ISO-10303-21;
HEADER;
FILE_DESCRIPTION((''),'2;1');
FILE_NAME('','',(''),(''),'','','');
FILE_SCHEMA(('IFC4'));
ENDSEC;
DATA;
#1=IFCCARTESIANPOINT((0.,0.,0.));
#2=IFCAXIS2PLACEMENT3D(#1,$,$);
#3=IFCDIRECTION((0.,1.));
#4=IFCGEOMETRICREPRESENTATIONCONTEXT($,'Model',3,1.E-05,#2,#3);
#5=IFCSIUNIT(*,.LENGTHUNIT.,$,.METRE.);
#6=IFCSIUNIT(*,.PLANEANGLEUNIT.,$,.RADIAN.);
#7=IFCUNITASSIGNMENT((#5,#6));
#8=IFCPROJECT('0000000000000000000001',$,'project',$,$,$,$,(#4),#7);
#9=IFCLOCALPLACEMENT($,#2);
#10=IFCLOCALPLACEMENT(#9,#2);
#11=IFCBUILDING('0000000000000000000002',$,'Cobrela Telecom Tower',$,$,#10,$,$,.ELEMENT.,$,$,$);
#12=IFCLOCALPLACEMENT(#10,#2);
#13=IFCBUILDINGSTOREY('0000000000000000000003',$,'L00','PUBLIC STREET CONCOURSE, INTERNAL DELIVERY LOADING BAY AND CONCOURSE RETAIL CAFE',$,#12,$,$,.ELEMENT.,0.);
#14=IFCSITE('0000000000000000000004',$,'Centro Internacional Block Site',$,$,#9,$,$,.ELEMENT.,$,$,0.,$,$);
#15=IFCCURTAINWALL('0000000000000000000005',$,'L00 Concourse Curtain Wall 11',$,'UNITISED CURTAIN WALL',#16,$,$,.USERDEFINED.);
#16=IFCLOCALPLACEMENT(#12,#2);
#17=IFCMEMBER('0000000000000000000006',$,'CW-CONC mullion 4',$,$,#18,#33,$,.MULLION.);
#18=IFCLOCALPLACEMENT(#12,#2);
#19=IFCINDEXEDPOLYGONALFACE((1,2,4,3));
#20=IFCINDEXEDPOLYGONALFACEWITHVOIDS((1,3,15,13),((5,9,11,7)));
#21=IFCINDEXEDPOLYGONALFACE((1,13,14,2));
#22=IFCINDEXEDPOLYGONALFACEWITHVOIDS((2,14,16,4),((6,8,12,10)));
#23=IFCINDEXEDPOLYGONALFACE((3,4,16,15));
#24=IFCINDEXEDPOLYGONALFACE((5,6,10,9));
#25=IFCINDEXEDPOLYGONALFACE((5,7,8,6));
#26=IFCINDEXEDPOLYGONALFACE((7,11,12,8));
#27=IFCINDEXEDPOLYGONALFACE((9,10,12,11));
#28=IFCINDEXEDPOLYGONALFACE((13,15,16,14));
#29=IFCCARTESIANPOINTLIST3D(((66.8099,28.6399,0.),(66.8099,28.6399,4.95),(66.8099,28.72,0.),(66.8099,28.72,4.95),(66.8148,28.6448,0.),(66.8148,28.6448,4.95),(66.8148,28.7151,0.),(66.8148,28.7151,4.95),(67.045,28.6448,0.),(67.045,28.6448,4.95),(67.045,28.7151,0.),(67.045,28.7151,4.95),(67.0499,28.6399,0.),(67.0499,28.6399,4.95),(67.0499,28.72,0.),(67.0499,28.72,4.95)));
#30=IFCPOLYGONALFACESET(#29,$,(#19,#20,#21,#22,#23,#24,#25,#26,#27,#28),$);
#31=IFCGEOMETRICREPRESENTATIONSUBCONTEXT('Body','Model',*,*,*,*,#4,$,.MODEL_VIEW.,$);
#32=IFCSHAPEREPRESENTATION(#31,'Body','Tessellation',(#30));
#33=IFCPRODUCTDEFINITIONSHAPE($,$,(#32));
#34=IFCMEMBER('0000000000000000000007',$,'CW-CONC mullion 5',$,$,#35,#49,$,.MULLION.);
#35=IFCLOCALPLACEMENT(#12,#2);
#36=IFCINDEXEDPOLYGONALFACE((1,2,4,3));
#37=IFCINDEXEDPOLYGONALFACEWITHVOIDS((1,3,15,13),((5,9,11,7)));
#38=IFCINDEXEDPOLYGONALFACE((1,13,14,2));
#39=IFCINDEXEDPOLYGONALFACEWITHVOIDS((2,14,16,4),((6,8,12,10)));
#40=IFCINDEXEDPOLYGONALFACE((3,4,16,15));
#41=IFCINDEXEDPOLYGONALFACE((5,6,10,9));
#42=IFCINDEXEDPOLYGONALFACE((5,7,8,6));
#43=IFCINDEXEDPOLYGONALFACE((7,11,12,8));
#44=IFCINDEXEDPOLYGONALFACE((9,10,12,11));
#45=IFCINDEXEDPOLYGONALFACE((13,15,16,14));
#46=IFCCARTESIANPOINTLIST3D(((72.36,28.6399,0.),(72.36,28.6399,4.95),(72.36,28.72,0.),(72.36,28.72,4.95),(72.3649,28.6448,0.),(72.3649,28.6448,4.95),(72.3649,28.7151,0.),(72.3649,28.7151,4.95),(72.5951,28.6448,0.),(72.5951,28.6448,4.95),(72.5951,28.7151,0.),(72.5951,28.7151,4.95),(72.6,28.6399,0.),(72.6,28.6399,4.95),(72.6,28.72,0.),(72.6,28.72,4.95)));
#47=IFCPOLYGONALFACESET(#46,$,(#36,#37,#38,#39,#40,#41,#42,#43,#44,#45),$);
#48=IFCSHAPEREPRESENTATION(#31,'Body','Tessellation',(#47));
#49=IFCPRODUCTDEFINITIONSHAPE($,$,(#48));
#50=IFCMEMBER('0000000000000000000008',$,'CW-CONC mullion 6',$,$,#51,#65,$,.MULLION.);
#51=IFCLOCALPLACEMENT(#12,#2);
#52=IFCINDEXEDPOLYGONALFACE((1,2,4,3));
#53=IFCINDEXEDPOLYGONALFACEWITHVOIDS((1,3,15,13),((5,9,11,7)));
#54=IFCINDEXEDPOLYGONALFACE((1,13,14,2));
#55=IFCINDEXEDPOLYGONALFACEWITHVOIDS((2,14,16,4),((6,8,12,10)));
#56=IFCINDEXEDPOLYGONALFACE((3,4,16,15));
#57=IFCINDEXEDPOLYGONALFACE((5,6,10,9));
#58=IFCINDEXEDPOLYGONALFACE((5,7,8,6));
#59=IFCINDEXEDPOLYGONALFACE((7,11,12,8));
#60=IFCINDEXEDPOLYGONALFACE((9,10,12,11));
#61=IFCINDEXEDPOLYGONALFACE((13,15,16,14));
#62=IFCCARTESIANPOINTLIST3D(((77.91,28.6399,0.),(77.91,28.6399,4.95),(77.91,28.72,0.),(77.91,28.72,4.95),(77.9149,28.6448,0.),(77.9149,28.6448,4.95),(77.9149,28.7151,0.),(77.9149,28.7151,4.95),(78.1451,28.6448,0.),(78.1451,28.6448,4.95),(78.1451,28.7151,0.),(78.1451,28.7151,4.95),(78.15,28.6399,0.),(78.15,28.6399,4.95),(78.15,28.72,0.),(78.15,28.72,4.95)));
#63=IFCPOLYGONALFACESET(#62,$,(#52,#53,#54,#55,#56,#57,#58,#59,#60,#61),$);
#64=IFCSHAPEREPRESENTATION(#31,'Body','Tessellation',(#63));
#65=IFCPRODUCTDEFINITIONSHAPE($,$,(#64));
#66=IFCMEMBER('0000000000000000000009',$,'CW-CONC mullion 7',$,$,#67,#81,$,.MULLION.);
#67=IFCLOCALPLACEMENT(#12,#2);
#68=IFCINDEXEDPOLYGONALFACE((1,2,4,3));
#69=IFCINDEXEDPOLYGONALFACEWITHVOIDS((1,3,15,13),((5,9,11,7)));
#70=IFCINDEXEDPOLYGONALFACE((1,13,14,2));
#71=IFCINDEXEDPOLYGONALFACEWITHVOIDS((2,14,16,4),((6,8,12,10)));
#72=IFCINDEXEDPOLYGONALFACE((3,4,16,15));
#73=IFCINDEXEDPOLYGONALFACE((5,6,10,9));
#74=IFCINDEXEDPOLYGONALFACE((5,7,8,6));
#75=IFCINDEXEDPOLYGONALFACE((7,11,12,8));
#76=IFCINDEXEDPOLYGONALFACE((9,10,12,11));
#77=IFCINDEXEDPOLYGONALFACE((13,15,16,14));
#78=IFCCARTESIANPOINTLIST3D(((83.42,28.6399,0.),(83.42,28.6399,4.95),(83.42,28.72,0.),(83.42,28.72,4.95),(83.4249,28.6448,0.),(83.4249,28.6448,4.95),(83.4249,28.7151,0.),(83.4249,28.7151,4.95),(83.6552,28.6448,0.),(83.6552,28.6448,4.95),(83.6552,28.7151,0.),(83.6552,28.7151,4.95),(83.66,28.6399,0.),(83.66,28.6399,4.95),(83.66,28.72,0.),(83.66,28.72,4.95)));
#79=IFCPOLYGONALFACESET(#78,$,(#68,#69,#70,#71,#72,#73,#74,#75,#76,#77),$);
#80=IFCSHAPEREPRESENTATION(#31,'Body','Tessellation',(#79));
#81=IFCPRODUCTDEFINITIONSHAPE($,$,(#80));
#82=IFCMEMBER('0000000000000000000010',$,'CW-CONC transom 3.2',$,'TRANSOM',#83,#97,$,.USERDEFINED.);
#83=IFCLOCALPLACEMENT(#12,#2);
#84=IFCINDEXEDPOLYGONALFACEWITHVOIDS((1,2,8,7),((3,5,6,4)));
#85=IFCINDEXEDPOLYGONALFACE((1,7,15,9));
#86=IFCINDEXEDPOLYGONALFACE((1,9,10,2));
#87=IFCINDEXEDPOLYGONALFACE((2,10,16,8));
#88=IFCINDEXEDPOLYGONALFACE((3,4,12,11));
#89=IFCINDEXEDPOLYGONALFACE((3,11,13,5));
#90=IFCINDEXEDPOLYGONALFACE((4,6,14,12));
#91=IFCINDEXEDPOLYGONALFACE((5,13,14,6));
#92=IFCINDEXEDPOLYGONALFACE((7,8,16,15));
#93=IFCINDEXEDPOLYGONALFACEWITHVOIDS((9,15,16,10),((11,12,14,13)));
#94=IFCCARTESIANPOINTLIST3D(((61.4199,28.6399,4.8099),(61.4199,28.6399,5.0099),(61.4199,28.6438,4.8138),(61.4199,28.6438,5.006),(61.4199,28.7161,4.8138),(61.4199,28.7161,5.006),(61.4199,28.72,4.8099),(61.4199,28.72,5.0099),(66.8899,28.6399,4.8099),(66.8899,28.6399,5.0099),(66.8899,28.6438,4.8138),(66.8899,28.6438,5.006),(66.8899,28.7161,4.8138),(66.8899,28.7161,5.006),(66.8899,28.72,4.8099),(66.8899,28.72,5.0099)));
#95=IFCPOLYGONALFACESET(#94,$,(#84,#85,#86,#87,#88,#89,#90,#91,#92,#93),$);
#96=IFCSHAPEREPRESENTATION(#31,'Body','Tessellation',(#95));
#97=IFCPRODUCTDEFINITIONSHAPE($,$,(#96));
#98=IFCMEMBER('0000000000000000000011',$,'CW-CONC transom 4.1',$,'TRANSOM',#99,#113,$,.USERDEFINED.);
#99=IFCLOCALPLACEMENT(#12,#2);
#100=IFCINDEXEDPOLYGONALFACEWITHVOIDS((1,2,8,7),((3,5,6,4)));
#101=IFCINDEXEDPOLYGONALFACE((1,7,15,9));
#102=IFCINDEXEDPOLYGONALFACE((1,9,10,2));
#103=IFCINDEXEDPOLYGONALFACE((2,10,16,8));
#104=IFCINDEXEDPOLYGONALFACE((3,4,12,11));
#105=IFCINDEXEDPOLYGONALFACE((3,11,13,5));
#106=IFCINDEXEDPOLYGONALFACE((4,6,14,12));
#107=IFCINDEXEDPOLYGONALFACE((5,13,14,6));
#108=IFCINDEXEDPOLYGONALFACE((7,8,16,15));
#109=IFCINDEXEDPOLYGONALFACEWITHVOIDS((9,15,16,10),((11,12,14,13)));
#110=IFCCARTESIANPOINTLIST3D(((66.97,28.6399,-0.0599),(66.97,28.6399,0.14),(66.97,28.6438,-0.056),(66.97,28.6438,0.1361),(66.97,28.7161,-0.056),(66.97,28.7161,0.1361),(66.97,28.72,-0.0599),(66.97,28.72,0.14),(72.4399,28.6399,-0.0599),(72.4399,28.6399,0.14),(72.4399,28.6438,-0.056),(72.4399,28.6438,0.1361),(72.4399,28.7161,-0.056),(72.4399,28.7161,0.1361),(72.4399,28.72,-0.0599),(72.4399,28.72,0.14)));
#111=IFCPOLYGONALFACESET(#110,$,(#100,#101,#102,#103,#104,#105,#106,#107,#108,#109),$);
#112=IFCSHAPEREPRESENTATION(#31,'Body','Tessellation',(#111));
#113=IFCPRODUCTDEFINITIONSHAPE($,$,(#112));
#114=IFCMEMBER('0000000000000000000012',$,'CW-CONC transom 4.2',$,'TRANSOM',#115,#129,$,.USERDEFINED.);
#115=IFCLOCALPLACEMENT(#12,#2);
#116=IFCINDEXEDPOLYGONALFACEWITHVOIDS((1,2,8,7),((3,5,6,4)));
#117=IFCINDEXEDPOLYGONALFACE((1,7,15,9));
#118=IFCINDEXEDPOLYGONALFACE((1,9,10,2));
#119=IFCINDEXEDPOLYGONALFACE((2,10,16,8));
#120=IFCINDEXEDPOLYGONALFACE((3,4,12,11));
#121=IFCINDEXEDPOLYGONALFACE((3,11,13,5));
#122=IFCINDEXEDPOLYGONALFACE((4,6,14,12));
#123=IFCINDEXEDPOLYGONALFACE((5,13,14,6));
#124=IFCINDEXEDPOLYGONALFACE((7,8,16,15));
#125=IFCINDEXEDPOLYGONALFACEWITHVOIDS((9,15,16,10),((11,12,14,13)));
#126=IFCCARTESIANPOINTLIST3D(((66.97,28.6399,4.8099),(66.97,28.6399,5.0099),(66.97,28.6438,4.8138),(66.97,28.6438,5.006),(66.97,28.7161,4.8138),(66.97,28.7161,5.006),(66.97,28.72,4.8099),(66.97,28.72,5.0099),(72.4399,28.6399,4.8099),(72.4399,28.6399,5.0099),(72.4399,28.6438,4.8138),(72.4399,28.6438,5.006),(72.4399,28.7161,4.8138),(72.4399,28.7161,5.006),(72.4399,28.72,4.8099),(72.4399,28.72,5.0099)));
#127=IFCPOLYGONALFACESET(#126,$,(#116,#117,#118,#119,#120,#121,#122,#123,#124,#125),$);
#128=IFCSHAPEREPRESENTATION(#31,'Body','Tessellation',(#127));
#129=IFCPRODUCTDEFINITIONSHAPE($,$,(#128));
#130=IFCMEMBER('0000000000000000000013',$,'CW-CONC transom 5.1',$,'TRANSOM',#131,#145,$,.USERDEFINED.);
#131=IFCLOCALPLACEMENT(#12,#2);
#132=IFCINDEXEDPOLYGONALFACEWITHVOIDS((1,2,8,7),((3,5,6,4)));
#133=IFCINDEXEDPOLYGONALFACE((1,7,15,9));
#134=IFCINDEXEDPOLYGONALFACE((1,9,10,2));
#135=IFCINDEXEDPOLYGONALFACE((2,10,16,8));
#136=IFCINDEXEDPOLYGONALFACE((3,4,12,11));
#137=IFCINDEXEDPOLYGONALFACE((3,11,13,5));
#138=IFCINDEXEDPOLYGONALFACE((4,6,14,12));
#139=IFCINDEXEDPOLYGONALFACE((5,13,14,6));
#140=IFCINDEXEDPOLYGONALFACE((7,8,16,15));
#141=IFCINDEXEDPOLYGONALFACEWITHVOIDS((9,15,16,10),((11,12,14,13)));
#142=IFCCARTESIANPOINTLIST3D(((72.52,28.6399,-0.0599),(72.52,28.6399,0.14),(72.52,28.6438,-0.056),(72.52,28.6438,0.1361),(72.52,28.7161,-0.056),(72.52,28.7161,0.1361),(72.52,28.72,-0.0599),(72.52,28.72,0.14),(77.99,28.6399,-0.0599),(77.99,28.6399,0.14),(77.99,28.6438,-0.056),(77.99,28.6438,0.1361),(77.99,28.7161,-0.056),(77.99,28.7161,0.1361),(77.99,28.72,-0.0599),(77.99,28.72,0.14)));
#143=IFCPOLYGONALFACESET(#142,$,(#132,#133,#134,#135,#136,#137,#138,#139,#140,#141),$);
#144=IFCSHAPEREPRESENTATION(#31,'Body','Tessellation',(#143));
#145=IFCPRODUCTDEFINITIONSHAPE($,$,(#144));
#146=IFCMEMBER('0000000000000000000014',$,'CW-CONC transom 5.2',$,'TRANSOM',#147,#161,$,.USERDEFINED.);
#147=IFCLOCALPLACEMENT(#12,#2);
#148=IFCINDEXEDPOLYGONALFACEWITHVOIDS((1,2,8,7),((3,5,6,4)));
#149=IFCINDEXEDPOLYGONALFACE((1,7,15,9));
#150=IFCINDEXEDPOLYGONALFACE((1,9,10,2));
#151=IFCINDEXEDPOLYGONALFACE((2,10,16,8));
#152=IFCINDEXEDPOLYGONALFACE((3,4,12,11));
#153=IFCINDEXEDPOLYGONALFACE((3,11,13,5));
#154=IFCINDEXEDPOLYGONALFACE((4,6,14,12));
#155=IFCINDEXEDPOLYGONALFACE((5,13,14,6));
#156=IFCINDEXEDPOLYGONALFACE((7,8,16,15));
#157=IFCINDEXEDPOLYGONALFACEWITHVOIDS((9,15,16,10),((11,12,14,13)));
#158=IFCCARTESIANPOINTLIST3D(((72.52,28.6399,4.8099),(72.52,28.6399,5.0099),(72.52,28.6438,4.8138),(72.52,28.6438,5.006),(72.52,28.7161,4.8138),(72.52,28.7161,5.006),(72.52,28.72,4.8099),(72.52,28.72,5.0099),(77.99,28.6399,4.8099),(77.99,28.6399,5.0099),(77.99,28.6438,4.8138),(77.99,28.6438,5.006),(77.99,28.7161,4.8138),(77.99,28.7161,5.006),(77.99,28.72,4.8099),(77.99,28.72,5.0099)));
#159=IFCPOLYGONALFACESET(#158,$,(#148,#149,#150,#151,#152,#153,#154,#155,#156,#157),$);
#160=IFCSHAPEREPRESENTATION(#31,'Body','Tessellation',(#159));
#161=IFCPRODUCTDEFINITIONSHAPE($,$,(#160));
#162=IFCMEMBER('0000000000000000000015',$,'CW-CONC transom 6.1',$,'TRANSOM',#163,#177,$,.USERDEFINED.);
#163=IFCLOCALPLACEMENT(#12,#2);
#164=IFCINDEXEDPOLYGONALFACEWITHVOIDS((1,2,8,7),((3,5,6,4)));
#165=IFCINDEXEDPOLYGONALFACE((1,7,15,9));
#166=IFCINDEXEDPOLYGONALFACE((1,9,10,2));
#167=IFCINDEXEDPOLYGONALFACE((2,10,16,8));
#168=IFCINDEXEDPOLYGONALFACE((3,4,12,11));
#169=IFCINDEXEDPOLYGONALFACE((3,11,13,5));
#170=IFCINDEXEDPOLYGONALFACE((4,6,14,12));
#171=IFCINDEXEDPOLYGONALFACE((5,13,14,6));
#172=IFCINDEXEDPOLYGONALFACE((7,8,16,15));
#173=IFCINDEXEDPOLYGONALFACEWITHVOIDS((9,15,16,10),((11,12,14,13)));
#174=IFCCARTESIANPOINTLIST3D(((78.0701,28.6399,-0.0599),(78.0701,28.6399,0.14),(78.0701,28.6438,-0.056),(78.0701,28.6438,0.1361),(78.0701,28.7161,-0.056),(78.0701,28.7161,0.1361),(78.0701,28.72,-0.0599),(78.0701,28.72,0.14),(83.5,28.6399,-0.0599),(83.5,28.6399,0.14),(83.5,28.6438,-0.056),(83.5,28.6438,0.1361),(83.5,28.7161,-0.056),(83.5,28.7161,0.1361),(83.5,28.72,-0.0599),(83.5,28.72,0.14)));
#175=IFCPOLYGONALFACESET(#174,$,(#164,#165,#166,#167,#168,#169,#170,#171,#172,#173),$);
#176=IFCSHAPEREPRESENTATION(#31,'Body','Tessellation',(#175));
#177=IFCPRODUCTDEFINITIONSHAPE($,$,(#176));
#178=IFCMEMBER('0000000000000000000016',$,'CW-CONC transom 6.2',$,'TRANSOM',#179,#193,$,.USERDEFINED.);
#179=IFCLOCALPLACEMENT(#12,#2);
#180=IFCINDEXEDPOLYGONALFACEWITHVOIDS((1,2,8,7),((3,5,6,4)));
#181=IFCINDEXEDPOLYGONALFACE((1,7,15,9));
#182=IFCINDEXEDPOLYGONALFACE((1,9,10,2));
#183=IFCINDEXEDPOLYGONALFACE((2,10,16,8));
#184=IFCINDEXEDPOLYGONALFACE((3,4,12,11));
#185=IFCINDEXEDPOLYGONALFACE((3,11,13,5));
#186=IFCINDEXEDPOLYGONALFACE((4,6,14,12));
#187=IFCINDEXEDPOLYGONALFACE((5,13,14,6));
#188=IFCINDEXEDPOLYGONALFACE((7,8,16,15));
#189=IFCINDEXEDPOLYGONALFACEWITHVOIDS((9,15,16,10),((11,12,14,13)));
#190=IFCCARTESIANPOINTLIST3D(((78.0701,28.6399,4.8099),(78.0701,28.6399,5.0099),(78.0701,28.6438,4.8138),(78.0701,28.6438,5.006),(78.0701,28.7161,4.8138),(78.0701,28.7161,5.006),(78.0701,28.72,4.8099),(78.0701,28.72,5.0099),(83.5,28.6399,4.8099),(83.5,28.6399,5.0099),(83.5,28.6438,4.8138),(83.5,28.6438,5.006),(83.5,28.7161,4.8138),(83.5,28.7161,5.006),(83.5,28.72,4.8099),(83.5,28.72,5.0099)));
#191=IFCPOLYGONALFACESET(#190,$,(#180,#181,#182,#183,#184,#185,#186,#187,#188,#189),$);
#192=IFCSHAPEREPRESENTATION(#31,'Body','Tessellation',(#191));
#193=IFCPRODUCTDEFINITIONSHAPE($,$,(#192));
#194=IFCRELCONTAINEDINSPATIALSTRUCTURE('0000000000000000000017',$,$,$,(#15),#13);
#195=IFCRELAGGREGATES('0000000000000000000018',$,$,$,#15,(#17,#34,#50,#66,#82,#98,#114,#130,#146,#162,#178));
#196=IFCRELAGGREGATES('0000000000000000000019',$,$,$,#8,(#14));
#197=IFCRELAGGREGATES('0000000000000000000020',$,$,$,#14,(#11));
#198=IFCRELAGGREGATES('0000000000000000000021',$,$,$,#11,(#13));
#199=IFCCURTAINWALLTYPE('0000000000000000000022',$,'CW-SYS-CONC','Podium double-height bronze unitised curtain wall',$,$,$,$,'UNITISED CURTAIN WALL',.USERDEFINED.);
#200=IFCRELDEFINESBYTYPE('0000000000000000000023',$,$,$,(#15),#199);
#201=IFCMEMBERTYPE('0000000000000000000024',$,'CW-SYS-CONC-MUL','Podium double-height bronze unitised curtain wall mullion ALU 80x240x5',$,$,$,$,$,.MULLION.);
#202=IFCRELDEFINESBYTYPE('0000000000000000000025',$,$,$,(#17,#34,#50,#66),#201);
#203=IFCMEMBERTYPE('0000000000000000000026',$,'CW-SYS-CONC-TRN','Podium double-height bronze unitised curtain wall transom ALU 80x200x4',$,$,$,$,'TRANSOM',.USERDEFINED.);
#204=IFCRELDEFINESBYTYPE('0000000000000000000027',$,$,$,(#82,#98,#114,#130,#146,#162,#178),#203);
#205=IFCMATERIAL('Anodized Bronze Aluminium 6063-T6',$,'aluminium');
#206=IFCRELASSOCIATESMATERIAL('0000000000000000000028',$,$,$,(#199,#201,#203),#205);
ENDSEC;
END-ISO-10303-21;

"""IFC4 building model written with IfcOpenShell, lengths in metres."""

from ifc_helpers import new_model, si_unit, direction, frame, origin, origin_2d, place, context, subcontext, project, spatial, hollow_rectangle, extrude, material, material_profile, profile_set, type_object, element, aggregate, save


model = new_model("IFC4")

# Units and contexts
model_context = context("Model", 3, precision=1e-05, world=origin(), true_north=direction((0.0, 1.0)))
body_context = subcontext(model_context, "Body", "Model", "MODEL_VIEW")
ifc_project = project(units=[si_unit("LENGTHUNIT", "METRE"), si_unit("PLANEANGLEUNIT", "RADIAN")], contexts=[model_context])

# Site, building, storey
site_placement = place(None, origin())
site = spatial("IfcSite", under=ifc_project, at=site_placement, Name="Centro Internacional Block Site", CompositionType="ELEMENT", RefElevation=0.0)
building_placement = place(site_placement, origin())
building = spatial("IfcBuilding", under=site, at=building_placement, Name="Cobrela Telecom Tower", CompositionType="ELEMENT")
storey_placement = place(building_placement, origin())
storey = spatial("IfcBuildingStorey", under=building, at=storey_placement, Name="L00", Description="PUBLIC STREET CONCOURSE, INTERNAL DELIVERY LOADING BAY AND CONCOURSE RETAIL CAFE", CompositionType="ELEMENT", Elevation=0.0)

# Curtain wall, members
ifc_material_1 = material(Name="Anodized Bronze Aluminium 6063-T6", Category="aluminium")
curtain_wall_type = type_object("IfcCurtainWallType", Name="CW-SYS-CONC", Description="Podium double-height bronze unitised curtain wall", ElementType="UNITISED CURTAIN WALL", PredefinedType="USERDEFINED", material=ifc_material_1)
curtain_wall_placement = place(storey_placement, origin())
curtain_wall = element("IfcCurtainWall", 1, at=curtain_wall_placement, inside=storey, type_object=curtain_wall_type, Name="L00 Concourse Curtain Wall 11", ObjectType="UNITISED CURTAIN WALL", PredefinedType="USERDEFINED")
ifc_material_profile_1 = material_profile(ifc_material_1, hollow_rectangle(XDim=0.0801, YDim=0.24, WallThickness=0.0049, at=origin_2d()), Name="ALU 80x240x5")
ifc_profile_set_1 = profile_set([ifc_material_profile_1], Name="Anodized Bronze Aluminium 6063-T6")
member_type_1 = type_object("IfcMemberType", Name="CW-SYS-CONC-MUL", Description="Podium double-height bronze unitised curtain wall mullion ALU 80x240x5", PredefinedType="MULLION", material=ifc_profile_set_1)
member_1_placement = place(storey_placement, frame((66.9299, 28.6799, 0.0), z_axis=(0.0, 0.0, 1.0), x_axis=(0.0, 1.0, 0.0)))
member_1 = element("IfcMember", 2, at=member_1_placement, type_object=member_type_1, Name="CW-CONC mullion 4", PredefinedType="MULLION", context=body_context, shape_type="SweptSolid", body=[
    extrude(hollow_rectangle(XDim=0.0801, YDim=0.24, WallThickness=0.0049, at=origin_2d()), origin(), (0.0, 0.0, 1.0), 4.95),
])
member_2_placement = place(storey_placement, frame((72.48, 28.6799, 0.0), z_axis=(0.0, 0.0, 1.0), x_axis=(0.0, 1.0, 0.0)))
member_2 = element("IfcMember", 3, at=member_2_placement, type_object=member_type_1, Name="CW-CONC mullion 5", PredefinedType="MULLION", context=body_context, shape_type="SweptSolid", body=[
    extrude(hollow_rectangle(XDim=0.0801, YDim=0.24, WallThickness=0.0049, at=origin_2d()), origin(), (0.0, 0.0, 1.0), 4.95),
])
member_3_placement = place(storey_placement, frame((78.03, 28.6799, 0.0), z_axis=(0.0, 0.0, 1.0), x_axis=(0.0, 1.0, 0.0)))
member_3 = element("IfcMember", 4, at=member_3_placement, type_object=member_type_1, Name="CW-CONC mullion 6", PredefinedType="MULLION", context=body_context, shape_type="SweptSolid", body=[
    extrude(hollow_rectangle(XDim=0.0801, YDim=0.24, WallThickness=0.0049, at=origin_2d()), origin(), (0.0, 0.0, 1.0), 4.95),
])
member_4_placement = place(storey_placement, frame((83.54, 28.6799, 0.0), z_axis=(0.0, 0.0, 1.0), x_axis=(0.0, 1.0, 0.0)))
member_4 = element("IfcMember", 5, at=member_4_placement, type_object=member_type_1, Name="CW-CONC mullion 7", PredefinedType="MULLION", context=body_context, shape_type="SweptSolid", body=[
    extrude(hollow_rectangle(XDim=0.0801, YDim=0.24, WallThickness=0.0049, at=origin_2d()), origin(), (0.0, 0.0, 1.0), 4.95),
])
ifc_material_profile_2 = material_profile(ifc_material_1, hollow_rectangle(XDim=0.0801, YDim=0.2, WallThickness=0.0039, at=origin_2d()), Name="ALU 80x200x4")
ifc_profile_set_2 = profile_set([ifc_material_profile_2], Name="Anodized Bronze Aluminium 6063-T6")
member_type_2 = type_object("IfcMemberType", Name="CW-SYS-CONC-TRN", Description="Podium double-height bronze unitised curtain wall transom ALU 80x200x4", ElementType="TRANSOM", PredefinedType="USERDEFINED", material=ifc_profile_set_2)
member_5_placement = place(storey_placement, frame((61.4199, 28.6799, 4.9099), z_axis=(1.0, 0.0, 0.0), x_axis=(0.0, 1.0, 0.0)))
member_5 = element("IfcMember", 6, at=member_5_placement, type_object=member_type_2, Name="CW-CONC transom 3.2", ObjectType="TRANSOM", PredefinedType="USERDEFINED", context=body_context, shape_type="SweptSolid", body=[
    extrude(hollow_rectangle(XDim=0.0801, YDim=0.2, WallThickness=0.0039, at=origin_2d()), origin(), (0.0, 0.0, 1.0), 5.47),
])
member_6_placement = place(storey_placement, frame((66.97, 28.6799, 0.04), z_axis=(1.0, 0.0, 0.0), x_axis=(0.0, 1.0, 0.0)))
member_6 = element("IfcMember", 7, at=member_6_placement, type_object=member_type_2, Name="CW-CONC transom 4.1", ObjectType="TRANSOM", PredefinedType="USERDEFINED", context=body_context, shape_type="SweptSolid", body=[
    extrude(hollow_rectangle(XDim=0.0801, YDim=0.2, WallThickness=0.0039, at=origin_2d()), origin(), (0.0, 0.0, 1.0), 5.47),
])
member_7_placement = place(storey_placement, frame((66.97, 28.6799, 4.9099), z_axis=(1.0, 0.0, 0.0), x_axis=(0.0, 1.0, 0.0)))
member_7 = element("IfcMember", 8, at=member_7_placement, type_object=member_type_2, Name="CW-CONC transom 4.2", ObjectType="TRANSOM", PredefinedType="USERDEFINED", context=body_context, shape_type="SweptSolid", body=[
    extrude(hollow_rectangle(XDim=0.0801, YDim=0.2, WallThickness=0.0039, at=origin_2d()), origin(), (0.0, 0.0, 1.0), 5.47),
])
member_8_placement = place(storey_placement, frame((72.52, 28.6799, 0.04), z_axis=(1.0, 0.0, 0.0), x_axis=(0.0, 1.0, 0.0)))
member_8 = element("IfcMember", 9, at=member_8_placement, type_object=member_type_2, Name="CW-CONC transom 5.1", ObjectType="TRANSOM", PredefinedType="USERDEFINED", context=body_context, shape_type="SweptSolid", body=[
    extrude(hollow_rectangle(XDim=0.0801, YDim=0.2, WallThickness=0.0039, at=origin_2d()), origin(), (0.0, 0.0, 1.0), 5.47),
])
member_9_placement = place(storey_placement, frame((72.52, 28.6799, 4.9099), z_axis=(1.0, 0.0, 0.0), x_axis=(0.0, 1.0, 0.0)))
member_9 = element("IfcMember", 10, at=member_9_placement, type_object=member_type_2, Name="CW-CONC transom 5.2", ObjectType="TRANSOM", PredefinedType="USERDEFINED", context=body_context, shape_type="SweptSolid", body=[
    extrude(hollow_rectangle(XDim=0.0801, YDim=0.2, WallThickness=0.0039, at=origin_2d()), origin(), (0.0, 0.0, 1.0), 5.47),
])
member_10_placement = place(storey_placement, frame((78.0701, 28.6799, 0.04), z_axis=(1.0, 0.0, 0.0), x_axis=(0.0, 1.0, 0.0)))
member_10 = element("IfcMember", 11, at=member_10_placement, type_object=member_type_2, Name="CW-CONC transom 6.1", ObjectType="TRANSOM", PredefinedType="USERDEFINED", context=body_context, shape_type="SweptSolid", body=[
    extrude(hollow_rectangle(XDim=0.0801, YDim=0.2, WallThickness=0.0039, at=origin_2d()), origin(), (0.0, 0.0, 1.0), 5.4299),
])
member_11_placement = place(storey_placement, frame((78.0701, 28.6799, 4.9099), z_axis=(1.0, 0.0, 0.0), x_axis=(0.0, 1.0, 0.0)))
member_11 = element("IfcMember", 12, at=member_11_placement, type_object=member_type_2, Name="CW-CONC transom 6.2", ObjectType="TRANSOM", PredefinedType="USERDEFINED", context=body_context, shape_type="SweptSolid", body=[
    extrude(hollow_rectangle(XDim=0.0801, YDim=0.2, WallThickness=0.0039, at=origin_2d()), origin(), (0.0, 0.0, 1.0), 5.4299),
])
aggregate(curtain_wall, [member_1, member_2, member_3, member_4, member_5, member_6, member_7, member_8, member_9, member_10, member_11])

save(model, "model.ifc")
